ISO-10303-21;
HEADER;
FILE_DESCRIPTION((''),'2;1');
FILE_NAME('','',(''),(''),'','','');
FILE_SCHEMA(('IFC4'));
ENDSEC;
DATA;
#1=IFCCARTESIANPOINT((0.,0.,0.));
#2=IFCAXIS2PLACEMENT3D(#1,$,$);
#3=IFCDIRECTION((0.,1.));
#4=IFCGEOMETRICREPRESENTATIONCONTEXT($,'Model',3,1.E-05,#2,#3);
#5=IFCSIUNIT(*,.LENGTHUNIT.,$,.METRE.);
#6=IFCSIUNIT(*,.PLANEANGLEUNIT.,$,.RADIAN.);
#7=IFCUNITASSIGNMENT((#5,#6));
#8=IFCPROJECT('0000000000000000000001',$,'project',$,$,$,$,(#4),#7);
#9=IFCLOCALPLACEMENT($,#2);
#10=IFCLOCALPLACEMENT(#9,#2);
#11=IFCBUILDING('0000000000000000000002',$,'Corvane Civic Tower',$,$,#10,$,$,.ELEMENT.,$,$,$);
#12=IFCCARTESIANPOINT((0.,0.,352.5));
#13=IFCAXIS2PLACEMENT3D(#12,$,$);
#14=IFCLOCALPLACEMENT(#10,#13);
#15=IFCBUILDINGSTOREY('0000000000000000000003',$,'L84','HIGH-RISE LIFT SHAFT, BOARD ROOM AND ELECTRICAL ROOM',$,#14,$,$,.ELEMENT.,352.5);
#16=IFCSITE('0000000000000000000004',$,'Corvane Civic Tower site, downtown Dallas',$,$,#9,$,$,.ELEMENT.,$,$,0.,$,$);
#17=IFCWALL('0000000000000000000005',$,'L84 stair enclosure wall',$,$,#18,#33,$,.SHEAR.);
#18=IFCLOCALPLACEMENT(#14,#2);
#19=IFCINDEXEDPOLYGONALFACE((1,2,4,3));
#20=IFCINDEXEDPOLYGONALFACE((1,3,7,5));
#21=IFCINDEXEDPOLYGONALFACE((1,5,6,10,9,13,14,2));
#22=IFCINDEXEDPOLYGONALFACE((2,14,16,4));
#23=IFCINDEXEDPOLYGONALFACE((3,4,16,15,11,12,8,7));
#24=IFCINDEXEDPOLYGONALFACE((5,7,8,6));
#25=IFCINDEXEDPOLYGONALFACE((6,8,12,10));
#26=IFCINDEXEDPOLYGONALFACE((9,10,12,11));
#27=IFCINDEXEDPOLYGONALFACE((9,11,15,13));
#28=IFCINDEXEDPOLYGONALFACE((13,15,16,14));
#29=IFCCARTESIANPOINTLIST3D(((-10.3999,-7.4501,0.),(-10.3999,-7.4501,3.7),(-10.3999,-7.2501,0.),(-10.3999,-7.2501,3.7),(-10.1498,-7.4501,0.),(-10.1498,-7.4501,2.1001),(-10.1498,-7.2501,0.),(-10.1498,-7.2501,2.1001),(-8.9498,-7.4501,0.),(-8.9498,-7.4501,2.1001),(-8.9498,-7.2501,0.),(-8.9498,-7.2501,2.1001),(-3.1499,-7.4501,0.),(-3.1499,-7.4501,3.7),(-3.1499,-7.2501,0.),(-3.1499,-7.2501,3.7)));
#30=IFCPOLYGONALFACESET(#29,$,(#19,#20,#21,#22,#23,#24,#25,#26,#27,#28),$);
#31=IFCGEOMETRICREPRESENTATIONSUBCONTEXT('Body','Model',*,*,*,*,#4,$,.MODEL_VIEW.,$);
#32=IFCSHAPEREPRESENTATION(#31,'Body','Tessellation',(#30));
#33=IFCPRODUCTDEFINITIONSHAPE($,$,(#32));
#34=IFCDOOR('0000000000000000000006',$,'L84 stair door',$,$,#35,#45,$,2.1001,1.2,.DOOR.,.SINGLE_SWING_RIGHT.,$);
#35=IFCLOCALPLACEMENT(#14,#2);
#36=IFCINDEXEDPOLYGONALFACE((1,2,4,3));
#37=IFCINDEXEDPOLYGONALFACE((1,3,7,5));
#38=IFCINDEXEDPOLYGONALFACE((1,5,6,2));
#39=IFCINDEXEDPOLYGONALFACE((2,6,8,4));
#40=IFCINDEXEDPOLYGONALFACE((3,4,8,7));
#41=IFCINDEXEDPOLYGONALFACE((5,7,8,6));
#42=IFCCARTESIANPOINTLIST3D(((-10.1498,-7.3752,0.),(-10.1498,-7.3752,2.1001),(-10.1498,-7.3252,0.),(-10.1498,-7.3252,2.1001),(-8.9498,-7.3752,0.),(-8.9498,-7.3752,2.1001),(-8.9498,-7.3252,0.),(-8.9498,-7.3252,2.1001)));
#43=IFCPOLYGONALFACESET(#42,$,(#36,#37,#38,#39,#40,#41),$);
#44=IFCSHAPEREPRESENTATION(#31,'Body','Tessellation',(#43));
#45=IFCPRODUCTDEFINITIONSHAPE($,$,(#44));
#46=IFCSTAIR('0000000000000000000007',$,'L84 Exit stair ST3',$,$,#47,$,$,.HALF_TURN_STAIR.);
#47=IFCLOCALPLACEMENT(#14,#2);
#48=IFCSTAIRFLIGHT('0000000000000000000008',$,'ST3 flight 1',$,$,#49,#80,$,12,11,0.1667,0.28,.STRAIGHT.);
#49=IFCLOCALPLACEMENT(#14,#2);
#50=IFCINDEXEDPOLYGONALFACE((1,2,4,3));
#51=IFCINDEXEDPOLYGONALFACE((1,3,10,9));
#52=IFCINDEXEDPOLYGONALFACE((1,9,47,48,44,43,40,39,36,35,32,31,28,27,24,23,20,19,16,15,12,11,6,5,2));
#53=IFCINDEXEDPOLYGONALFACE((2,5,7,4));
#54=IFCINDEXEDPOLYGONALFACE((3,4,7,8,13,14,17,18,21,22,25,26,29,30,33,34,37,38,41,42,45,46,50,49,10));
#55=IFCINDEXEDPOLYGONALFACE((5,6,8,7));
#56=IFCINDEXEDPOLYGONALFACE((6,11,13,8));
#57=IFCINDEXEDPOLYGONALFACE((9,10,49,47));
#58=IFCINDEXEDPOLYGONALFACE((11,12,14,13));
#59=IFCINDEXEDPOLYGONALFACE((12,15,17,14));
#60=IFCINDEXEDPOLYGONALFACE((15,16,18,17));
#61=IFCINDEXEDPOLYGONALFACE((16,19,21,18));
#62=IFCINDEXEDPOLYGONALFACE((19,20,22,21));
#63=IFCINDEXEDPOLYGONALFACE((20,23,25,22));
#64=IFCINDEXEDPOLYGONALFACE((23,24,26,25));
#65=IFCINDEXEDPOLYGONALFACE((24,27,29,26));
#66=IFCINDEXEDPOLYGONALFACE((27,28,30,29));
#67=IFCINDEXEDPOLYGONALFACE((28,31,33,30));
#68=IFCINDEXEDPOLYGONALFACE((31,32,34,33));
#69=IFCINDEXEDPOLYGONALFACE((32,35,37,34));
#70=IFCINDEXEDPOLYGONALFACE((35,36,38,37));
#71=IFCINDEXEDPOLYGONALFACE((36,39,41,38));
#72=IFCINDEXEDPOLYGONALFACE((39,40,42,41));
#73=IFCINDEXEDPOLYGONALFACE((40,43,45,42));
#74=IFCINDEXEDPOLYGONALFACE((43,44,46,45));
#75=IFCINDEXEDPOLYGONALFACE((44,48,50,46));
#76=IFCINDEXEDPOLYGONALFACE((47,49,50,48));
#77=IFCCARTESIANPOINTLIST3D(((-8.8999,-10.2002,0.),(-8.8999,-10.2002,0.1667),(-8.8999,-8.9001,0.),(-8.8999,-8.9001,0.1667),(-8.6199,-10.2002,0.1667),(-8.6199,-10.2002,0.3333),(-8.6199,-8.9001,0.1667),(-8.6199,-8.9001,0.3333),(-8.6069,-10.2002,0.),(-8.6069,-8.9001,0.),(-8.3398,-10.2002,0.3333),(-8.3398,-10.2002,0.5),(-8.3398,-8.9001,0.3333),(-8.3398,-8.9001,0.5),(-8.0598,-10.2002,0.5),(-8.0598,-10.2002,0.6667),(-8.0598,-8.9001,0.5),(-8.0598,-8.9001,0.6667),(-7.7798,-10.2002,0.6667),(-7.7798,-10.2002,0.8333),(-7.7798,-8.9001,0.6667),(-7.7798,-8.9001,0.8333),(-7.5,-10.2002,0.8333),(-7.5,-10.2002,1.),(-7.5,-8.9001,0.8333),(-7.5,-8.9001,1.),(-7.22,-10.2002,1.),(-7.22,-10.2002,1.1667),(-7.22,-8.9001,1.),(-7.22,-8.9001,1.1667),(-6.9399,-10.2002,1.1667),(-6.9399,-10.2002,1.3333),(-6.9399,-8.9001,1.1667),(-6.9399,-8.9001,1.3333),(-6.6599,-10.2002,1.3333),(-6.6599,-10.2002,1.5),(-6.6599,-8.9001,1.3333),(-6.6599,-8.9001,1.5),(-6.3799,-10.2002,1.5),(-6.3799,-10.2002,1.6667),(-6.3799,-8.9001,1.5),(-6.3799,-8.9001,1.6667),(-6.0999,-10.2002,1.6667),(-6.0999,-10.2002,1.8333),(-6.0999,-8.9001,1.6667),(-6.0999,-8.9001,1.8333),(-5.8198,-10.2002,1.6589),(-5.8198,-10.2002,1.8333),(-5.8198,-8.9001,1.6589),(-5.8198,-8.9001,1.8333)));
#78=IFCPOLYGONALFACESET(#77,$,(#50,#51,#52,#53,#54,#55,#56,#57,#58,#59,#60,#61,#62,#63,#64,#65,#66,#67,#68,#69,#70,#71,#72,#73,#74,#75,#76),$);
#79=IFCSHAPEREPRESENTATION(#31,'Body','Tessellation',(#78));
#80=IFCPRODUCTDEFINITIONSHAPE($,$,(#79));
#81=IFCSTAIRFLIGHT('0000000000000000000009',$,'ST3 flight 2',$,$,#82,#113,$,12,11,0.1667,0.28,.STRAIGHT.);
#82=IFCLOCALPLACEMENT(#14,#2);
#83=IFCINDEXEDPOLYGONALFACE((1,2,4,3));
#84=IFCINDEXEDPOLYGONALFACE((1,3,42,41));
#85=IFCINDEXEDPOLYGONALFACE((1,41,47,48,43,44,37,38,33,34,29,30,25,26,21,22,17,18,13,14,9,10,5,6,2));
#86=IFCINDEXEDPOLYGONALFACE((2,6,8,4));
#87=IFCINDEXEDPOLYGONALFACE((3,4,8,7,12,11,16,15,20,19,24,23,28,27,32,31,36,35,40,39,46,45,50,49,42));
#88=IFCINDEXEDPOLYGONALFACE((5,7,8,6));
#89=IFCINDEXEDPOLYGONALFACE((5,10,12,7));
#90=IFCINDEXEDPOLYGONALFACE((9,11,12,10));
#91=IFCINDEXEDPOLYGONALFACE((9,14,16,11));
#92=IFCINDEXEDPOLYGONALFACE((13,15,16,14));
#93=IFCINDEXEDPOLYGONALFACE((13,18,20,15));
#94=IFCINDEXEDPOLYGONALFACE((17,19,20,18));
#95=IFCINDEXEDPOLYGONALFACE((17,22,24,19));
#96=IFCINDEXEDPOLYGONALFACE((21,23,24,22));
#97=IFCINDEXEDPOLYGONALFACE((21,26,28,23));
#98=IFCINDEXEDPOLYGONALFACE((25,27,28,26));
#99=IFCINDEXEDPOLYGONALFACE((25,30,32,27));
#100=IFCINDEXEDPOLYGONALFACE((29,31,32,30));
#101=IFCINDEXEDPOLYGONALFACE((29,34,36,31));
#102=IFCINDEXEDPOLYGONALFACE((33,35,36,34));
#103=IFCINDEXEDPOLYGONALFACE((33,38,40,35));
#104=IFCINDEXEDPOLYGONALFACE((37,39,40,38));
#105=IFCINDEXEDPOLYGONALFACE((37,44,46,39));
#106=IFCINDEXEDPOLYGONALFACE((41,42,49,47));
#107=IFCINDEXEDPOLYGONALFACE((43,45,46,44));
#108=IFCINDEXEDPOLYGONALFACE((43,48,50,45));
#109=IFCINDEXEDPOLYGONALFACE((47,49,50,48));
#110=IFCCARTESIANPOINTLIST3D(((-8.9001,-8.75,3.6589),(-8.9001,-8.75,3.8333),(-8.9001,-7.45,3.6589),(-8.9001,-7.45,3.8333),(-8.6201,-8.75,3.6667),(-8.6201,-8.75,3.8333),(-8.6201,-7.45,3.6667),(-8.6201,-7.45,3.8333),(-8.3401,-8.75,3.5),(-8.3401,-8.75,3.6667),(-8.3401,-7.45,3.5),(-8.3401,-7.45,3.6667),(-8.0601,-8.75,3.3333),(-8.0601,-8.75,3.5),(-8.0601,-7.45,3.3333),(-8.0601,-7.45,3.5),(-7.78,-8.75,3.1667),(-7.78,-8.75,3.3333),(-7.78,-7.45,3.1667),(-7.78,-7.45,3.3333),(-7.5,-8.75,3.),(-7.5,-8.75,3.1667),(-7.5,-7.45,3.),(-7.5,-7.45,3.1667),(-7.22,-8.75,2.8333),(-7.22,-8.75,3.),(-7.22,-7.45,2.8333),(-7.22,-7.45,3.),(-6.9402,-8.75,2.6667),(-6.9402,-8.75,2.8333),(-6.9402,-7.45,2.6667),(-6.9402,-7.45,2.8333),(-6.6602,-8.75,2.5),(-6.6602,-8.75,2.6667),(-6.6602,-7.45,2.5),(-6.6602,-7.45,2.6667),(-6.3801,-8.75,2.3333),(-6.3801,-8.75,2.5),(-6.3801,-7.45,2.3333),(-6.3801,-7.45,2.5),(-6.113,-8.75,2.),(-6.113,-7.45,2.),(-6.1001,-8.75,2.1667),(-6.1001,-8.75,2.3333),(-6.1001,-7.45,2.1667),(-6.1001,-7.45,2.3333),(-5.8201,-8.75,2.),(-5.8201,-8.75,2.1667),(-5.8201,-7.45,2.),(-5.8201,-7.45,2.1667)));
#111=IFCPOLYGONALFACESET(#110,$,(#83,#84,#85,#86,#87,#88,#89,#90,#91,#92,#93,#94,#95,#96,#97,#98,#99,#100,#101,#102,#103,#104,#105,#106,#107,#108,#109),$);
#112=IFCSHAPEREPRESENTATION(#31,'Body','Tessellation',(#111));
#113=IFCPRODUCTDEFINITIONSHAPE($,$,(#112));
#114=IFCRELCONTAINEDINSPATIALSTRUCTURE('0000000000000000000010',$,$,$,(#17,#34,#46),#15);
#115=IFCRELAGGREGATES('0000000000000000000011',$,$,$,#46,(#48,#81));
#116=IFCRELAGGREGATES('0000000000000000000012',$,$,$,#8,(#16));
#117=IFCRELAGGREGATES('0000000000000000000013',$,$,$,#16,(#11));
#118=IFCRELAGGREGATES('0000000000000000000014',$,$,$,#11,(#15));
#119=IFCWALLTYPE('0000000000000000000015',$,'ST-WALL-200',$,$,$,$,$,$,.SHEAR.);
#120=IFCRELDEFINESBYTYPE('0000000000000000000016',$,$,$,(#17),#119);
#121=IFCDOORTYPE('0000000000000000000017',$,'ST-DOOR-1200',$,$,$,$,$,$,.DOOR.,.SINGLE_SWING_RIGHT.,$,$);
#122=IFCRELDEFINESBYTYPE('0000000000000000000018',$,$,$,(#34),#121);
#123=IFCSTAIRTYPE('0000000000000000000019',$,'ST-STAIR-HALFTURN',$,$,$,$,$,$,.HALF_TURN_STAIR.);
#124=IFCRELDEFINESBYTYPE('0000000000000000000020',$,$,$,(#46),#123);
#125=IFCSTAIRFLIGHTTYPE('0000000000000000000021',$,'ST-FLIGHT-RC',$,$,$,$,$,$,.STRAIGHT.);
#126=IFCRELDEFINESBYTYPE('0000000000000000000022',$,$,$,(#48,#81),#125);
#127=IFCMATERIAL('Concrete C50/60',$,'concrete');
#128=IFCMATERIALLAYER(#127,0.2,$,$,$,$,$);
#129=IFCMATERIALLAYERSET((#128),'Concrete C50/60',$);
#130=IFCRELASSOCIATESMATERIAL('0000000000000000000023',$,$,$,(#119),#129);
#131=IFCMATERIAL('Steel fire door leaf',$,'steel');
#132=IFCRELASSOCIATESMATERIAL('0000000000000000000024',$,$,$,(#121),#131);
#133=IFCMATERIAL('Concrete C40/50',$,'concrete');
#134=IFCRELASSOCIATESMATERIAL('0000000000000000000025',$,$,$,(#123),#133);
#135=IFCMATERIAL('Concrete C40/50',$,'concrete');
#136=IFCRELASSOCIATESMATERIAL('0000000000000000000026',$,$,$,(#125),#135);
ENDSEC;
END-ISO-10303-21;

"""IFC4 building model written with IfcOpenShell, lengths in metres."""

from ifc_helpers import new_model, si_unit, direction, frame, frame_2d, origin, place, context, subcontext, project, spatial, polyline, rectangle, outline, extrude, material, layer, layer_set, type_object, element, fill, aggregate, save


model = new_model("IFC4")

# Units and contexts
model_context = context("Model", 3, precision=1e-05, world=origin(), true_north=direction((0.0, 1.0)))
body_context = subcontext(model_context, "Body", "Model", "MODEL_VIEW")
ifc_project = project(units=[si_unit("LENGTHUNIT", "METRE"), si_unit("PLANEANGLEUNIT", "RADIAN")], contexts=[model_context])

# Site, building, storey
site_placement = place(None, origin())
site = spatial("IfcSite", under=ifc_project, at=site_placement, Name="Corvane Civic Tower site, downtown Dallas", CompositionType="ELEMENT", RefElevation=0.0)
building_placement = place(site_placement, origin())
building = spatial("IfcBuilding", under=site, at=building_placement, Name="Corvane Civic Tower", CompositionType="ELEMENT")
storey_placement = place(building_placement, frame((0.0, 0.0, 352.5)))
storey = spatial("IfcBuildingStorey", under=building, at=storey_placement, Name="L84", Description="HIGH-RISE LIFT SHAFT, BOARD ROOM AND ELECTRICAL ROOM", CompositionType="ELEMENT", Elevation=352.5)

# Wall, opening, door
ifc_material_1 = material(Name="Concrete C50/60", Category="concrete")
ifc_layer_1 = layer(ifc_material_1, 0.2)
ifc_layer_set_1 = layer_set([ifc_layer_1], Name="Concrete C50/60")
wall_type_1 = type_object("IfcWallType", Name="ST-WALL-200", PredefinedType="SHEAR", material=ifc_layer_set_1)
wall_1_placement = place(storey_placement, frame((-10.3999, -7.3501, 0.0), z_axis=(0.0, 0.0, 1.0), x_axis=(1.0, 0.0, 0.0)))
wall_1 = element("IfcWall", 1, at=wall_1_placement, inside=storey, type_object=wall_type_1, Name="L84 stair enclosure wall", PredefinedType="SHEAR", context=body_context, shape_type="SweptSolid", body=[
    extrude(rectangle(XDim=7.25, YDim=0.2, at=frame_2d((3.625, 0.0))), origin(), (0.0, 0.0, 1.0), 3.7),
])
opening_1_placement = place(wall_1_placement, frame((0.25, 0.0, 0.0)))
opening_1 = element("IfcOpeningElement", 2, at=opening_1_placement, cuts=wall_1, PredefinedType="OPENING", context=body_context, shape_type="SweptSolid", body=[
    extrude(rectangle(XDim=1.2, YDim=2.1001, at=frame_2d((0.6001, 1.05))), frame((0.0, 0.1099, 0.0), z_axis=(0.0, -1.0, 0.0), x_axis=(1.0, 0.0, 0.0)), (0.0, 0.0, 1.0), 0.22),
])
ifc_material_2 = material(Name="Steel fire door leaf", Category="steel")
door_type_1 = type_object("IfcDoorType", Name="ST-DOOR-1200", OperationType="SINGLE_SWING_RIGHT", PredefinedType="DOOR", material=ifc_material_2)
door_1_placement = place(opening_1_placement, origin())
door_1 = element("IfcDoor", 3, at=door_1_placement, inside=storey, type_object=door_type_1, Name="L84 stair door", OperationType="SINGLE_SWING_RIGHT", OverallHeight=2.1001, OverallWidth=1.2, PredefinedType="DOOR", context=body_context, shape_type="SweptSolid", body=[
    extrude(rectangle(XDim=1.2, YDim=2.1001, at=frame_2d((0.6001, 1.05))), frame((0.0, 0.0249, 0.0), z_axis=(0.0, -1.0, 0.0), x_axis=(1.0, 0.0, 0.0)), (0.0, 0.0, 1.0), 0.05),
])
fill(opening_1, door_1)

# Stair, stair flights
ifc_material_3 = material(Name="Concrete C40/50", Category="concrete")
stair_type = type_object("IfcStairType", Name="ST-STAIR-HALFTURN", PredefinedType="HALF_TURN_STAIR", material=ifc_material_3)
stair_placement = place(storey_placement, origin())
stair = element("IfcStair", 4, at=stair_placement, inside=storey, type_object=stair_type, Name="L84 Exit stair ST3", PredefinedType="HALF_TURN_STAIR")
ifc_material_4 = material(Name="Concrete C40/50", Category="concrete")
stair_flight_type = type_object("IfcStairFlightType", Name="ST-FLIGHT-RC", PredefinedType="STRAIGHT", material=ifc_material_4)
stair_flight_1_placement = place(storey_placement, frame((-8.8999, -9.55, 0.0), z_axis=(0.0, 0.0, 1.0), x_axis=(1.0, 0.0, 0.0)))
stair_flight_1 = element("IfcStairFlight", 5, at=stair_flight_1_placement, type_object=stair_flight_type, Name="ST3 flight 1", NumberOfRisers=12, NumberOfTreads=11, PredefinedType="STRAIGHT", RiserHeight=0.1667, TreadLength=0.28, context=body_context, shape_type="SweptSolid", body=[
    extrude(outline(polyline([(0.0, 0.0), (0.0, 0.1667), (0.28, 0.1667), (0.28, 0.3333), (0.5601, 0.3333), (0.5601, 0.5), (0.8401, 0.5), (0.8401, 0.6667), (1.1201, 0.6667), (1.1201, 0.8333), (1.3999, 0.8333), (1.3999, 1.0), (1.6799, 1.0), (1.6799, 1.1667), (1.96, 1.1667), (1.96, 1.3333), (2.24, 1.3333), (2.24, 1.5), (2.52, 1.5), (2.52, 1.6667), (2.8, 1.6667), (2.8, 1.8333), (3.0801, 1.8333), (3.0801, 2.0), (3.0801, 1.6589), (0.293, 0.0), (0.0, 0.0)])), frame((0.0, 0.6499, 0.0), z_axis=(0.0, -1.0, 0.0), x_axis=(1.0, 0.0, 0.0)), (0.0, 0.0, 1.0), 1.3),
])
stair_flight_2_placement = place(storey_placement, frame((-5.8201, -8.1001, 2.0), z_axis=(0.0, 0.0, 1.0), x_axis=(-1.0, 0.0, 0.0)))
stair_flight_2 = element("IfcStairFlight", 6, at=stair_flight_2_placement, type_object=stair_flight_type, Name="ST3 flight 2", NumberOfRisers=12, NumberOfTreads=11, PredefinedType="STRAIGHT", RiserHeight=0.1667, TreadLength=0.28, context=body_context, shape_type="SweptSolid", body=[
    extrude(outline(polyline([(0.0, 0.0), (0.0, 0.1667), (0.28, 0.1667), (0.28, 0.3333), (0.5601, 0.3333), (0.5601, 0.5), (0.8401, 0.5), (0.8401, 0.6667), (1.1201, 0.6667), (1.1201, 0.8333), (1.3999, 0.8333), (1.3999, 1.0), (1.6799, 1.0), (1.6799, 1.1667), (1.96, 1.1667), (1.96, 1.3333), (2.24, 1.3333), (2.24, 1.5), (2.52, 1.5), (2.52, 1.6667), (2.8, 1.6667), (2.8, 1.8333), (3.0801, 1.8333), (3.0801, 2.0), (3.0801, 1.6589), (0.293, 0.0), (0.0, 0.0)])), frame((0.0, 0.6499, 0.0), z_axis=(0.0, -1.0, 0.0), x_axis=(1.0, 0.0, 0.0)), (0.0, 0.0, 1.0), 1.3),
])
aggregate(stair, [stair_flight_1, stair_flight_2])

save(model, "model.ifc")
